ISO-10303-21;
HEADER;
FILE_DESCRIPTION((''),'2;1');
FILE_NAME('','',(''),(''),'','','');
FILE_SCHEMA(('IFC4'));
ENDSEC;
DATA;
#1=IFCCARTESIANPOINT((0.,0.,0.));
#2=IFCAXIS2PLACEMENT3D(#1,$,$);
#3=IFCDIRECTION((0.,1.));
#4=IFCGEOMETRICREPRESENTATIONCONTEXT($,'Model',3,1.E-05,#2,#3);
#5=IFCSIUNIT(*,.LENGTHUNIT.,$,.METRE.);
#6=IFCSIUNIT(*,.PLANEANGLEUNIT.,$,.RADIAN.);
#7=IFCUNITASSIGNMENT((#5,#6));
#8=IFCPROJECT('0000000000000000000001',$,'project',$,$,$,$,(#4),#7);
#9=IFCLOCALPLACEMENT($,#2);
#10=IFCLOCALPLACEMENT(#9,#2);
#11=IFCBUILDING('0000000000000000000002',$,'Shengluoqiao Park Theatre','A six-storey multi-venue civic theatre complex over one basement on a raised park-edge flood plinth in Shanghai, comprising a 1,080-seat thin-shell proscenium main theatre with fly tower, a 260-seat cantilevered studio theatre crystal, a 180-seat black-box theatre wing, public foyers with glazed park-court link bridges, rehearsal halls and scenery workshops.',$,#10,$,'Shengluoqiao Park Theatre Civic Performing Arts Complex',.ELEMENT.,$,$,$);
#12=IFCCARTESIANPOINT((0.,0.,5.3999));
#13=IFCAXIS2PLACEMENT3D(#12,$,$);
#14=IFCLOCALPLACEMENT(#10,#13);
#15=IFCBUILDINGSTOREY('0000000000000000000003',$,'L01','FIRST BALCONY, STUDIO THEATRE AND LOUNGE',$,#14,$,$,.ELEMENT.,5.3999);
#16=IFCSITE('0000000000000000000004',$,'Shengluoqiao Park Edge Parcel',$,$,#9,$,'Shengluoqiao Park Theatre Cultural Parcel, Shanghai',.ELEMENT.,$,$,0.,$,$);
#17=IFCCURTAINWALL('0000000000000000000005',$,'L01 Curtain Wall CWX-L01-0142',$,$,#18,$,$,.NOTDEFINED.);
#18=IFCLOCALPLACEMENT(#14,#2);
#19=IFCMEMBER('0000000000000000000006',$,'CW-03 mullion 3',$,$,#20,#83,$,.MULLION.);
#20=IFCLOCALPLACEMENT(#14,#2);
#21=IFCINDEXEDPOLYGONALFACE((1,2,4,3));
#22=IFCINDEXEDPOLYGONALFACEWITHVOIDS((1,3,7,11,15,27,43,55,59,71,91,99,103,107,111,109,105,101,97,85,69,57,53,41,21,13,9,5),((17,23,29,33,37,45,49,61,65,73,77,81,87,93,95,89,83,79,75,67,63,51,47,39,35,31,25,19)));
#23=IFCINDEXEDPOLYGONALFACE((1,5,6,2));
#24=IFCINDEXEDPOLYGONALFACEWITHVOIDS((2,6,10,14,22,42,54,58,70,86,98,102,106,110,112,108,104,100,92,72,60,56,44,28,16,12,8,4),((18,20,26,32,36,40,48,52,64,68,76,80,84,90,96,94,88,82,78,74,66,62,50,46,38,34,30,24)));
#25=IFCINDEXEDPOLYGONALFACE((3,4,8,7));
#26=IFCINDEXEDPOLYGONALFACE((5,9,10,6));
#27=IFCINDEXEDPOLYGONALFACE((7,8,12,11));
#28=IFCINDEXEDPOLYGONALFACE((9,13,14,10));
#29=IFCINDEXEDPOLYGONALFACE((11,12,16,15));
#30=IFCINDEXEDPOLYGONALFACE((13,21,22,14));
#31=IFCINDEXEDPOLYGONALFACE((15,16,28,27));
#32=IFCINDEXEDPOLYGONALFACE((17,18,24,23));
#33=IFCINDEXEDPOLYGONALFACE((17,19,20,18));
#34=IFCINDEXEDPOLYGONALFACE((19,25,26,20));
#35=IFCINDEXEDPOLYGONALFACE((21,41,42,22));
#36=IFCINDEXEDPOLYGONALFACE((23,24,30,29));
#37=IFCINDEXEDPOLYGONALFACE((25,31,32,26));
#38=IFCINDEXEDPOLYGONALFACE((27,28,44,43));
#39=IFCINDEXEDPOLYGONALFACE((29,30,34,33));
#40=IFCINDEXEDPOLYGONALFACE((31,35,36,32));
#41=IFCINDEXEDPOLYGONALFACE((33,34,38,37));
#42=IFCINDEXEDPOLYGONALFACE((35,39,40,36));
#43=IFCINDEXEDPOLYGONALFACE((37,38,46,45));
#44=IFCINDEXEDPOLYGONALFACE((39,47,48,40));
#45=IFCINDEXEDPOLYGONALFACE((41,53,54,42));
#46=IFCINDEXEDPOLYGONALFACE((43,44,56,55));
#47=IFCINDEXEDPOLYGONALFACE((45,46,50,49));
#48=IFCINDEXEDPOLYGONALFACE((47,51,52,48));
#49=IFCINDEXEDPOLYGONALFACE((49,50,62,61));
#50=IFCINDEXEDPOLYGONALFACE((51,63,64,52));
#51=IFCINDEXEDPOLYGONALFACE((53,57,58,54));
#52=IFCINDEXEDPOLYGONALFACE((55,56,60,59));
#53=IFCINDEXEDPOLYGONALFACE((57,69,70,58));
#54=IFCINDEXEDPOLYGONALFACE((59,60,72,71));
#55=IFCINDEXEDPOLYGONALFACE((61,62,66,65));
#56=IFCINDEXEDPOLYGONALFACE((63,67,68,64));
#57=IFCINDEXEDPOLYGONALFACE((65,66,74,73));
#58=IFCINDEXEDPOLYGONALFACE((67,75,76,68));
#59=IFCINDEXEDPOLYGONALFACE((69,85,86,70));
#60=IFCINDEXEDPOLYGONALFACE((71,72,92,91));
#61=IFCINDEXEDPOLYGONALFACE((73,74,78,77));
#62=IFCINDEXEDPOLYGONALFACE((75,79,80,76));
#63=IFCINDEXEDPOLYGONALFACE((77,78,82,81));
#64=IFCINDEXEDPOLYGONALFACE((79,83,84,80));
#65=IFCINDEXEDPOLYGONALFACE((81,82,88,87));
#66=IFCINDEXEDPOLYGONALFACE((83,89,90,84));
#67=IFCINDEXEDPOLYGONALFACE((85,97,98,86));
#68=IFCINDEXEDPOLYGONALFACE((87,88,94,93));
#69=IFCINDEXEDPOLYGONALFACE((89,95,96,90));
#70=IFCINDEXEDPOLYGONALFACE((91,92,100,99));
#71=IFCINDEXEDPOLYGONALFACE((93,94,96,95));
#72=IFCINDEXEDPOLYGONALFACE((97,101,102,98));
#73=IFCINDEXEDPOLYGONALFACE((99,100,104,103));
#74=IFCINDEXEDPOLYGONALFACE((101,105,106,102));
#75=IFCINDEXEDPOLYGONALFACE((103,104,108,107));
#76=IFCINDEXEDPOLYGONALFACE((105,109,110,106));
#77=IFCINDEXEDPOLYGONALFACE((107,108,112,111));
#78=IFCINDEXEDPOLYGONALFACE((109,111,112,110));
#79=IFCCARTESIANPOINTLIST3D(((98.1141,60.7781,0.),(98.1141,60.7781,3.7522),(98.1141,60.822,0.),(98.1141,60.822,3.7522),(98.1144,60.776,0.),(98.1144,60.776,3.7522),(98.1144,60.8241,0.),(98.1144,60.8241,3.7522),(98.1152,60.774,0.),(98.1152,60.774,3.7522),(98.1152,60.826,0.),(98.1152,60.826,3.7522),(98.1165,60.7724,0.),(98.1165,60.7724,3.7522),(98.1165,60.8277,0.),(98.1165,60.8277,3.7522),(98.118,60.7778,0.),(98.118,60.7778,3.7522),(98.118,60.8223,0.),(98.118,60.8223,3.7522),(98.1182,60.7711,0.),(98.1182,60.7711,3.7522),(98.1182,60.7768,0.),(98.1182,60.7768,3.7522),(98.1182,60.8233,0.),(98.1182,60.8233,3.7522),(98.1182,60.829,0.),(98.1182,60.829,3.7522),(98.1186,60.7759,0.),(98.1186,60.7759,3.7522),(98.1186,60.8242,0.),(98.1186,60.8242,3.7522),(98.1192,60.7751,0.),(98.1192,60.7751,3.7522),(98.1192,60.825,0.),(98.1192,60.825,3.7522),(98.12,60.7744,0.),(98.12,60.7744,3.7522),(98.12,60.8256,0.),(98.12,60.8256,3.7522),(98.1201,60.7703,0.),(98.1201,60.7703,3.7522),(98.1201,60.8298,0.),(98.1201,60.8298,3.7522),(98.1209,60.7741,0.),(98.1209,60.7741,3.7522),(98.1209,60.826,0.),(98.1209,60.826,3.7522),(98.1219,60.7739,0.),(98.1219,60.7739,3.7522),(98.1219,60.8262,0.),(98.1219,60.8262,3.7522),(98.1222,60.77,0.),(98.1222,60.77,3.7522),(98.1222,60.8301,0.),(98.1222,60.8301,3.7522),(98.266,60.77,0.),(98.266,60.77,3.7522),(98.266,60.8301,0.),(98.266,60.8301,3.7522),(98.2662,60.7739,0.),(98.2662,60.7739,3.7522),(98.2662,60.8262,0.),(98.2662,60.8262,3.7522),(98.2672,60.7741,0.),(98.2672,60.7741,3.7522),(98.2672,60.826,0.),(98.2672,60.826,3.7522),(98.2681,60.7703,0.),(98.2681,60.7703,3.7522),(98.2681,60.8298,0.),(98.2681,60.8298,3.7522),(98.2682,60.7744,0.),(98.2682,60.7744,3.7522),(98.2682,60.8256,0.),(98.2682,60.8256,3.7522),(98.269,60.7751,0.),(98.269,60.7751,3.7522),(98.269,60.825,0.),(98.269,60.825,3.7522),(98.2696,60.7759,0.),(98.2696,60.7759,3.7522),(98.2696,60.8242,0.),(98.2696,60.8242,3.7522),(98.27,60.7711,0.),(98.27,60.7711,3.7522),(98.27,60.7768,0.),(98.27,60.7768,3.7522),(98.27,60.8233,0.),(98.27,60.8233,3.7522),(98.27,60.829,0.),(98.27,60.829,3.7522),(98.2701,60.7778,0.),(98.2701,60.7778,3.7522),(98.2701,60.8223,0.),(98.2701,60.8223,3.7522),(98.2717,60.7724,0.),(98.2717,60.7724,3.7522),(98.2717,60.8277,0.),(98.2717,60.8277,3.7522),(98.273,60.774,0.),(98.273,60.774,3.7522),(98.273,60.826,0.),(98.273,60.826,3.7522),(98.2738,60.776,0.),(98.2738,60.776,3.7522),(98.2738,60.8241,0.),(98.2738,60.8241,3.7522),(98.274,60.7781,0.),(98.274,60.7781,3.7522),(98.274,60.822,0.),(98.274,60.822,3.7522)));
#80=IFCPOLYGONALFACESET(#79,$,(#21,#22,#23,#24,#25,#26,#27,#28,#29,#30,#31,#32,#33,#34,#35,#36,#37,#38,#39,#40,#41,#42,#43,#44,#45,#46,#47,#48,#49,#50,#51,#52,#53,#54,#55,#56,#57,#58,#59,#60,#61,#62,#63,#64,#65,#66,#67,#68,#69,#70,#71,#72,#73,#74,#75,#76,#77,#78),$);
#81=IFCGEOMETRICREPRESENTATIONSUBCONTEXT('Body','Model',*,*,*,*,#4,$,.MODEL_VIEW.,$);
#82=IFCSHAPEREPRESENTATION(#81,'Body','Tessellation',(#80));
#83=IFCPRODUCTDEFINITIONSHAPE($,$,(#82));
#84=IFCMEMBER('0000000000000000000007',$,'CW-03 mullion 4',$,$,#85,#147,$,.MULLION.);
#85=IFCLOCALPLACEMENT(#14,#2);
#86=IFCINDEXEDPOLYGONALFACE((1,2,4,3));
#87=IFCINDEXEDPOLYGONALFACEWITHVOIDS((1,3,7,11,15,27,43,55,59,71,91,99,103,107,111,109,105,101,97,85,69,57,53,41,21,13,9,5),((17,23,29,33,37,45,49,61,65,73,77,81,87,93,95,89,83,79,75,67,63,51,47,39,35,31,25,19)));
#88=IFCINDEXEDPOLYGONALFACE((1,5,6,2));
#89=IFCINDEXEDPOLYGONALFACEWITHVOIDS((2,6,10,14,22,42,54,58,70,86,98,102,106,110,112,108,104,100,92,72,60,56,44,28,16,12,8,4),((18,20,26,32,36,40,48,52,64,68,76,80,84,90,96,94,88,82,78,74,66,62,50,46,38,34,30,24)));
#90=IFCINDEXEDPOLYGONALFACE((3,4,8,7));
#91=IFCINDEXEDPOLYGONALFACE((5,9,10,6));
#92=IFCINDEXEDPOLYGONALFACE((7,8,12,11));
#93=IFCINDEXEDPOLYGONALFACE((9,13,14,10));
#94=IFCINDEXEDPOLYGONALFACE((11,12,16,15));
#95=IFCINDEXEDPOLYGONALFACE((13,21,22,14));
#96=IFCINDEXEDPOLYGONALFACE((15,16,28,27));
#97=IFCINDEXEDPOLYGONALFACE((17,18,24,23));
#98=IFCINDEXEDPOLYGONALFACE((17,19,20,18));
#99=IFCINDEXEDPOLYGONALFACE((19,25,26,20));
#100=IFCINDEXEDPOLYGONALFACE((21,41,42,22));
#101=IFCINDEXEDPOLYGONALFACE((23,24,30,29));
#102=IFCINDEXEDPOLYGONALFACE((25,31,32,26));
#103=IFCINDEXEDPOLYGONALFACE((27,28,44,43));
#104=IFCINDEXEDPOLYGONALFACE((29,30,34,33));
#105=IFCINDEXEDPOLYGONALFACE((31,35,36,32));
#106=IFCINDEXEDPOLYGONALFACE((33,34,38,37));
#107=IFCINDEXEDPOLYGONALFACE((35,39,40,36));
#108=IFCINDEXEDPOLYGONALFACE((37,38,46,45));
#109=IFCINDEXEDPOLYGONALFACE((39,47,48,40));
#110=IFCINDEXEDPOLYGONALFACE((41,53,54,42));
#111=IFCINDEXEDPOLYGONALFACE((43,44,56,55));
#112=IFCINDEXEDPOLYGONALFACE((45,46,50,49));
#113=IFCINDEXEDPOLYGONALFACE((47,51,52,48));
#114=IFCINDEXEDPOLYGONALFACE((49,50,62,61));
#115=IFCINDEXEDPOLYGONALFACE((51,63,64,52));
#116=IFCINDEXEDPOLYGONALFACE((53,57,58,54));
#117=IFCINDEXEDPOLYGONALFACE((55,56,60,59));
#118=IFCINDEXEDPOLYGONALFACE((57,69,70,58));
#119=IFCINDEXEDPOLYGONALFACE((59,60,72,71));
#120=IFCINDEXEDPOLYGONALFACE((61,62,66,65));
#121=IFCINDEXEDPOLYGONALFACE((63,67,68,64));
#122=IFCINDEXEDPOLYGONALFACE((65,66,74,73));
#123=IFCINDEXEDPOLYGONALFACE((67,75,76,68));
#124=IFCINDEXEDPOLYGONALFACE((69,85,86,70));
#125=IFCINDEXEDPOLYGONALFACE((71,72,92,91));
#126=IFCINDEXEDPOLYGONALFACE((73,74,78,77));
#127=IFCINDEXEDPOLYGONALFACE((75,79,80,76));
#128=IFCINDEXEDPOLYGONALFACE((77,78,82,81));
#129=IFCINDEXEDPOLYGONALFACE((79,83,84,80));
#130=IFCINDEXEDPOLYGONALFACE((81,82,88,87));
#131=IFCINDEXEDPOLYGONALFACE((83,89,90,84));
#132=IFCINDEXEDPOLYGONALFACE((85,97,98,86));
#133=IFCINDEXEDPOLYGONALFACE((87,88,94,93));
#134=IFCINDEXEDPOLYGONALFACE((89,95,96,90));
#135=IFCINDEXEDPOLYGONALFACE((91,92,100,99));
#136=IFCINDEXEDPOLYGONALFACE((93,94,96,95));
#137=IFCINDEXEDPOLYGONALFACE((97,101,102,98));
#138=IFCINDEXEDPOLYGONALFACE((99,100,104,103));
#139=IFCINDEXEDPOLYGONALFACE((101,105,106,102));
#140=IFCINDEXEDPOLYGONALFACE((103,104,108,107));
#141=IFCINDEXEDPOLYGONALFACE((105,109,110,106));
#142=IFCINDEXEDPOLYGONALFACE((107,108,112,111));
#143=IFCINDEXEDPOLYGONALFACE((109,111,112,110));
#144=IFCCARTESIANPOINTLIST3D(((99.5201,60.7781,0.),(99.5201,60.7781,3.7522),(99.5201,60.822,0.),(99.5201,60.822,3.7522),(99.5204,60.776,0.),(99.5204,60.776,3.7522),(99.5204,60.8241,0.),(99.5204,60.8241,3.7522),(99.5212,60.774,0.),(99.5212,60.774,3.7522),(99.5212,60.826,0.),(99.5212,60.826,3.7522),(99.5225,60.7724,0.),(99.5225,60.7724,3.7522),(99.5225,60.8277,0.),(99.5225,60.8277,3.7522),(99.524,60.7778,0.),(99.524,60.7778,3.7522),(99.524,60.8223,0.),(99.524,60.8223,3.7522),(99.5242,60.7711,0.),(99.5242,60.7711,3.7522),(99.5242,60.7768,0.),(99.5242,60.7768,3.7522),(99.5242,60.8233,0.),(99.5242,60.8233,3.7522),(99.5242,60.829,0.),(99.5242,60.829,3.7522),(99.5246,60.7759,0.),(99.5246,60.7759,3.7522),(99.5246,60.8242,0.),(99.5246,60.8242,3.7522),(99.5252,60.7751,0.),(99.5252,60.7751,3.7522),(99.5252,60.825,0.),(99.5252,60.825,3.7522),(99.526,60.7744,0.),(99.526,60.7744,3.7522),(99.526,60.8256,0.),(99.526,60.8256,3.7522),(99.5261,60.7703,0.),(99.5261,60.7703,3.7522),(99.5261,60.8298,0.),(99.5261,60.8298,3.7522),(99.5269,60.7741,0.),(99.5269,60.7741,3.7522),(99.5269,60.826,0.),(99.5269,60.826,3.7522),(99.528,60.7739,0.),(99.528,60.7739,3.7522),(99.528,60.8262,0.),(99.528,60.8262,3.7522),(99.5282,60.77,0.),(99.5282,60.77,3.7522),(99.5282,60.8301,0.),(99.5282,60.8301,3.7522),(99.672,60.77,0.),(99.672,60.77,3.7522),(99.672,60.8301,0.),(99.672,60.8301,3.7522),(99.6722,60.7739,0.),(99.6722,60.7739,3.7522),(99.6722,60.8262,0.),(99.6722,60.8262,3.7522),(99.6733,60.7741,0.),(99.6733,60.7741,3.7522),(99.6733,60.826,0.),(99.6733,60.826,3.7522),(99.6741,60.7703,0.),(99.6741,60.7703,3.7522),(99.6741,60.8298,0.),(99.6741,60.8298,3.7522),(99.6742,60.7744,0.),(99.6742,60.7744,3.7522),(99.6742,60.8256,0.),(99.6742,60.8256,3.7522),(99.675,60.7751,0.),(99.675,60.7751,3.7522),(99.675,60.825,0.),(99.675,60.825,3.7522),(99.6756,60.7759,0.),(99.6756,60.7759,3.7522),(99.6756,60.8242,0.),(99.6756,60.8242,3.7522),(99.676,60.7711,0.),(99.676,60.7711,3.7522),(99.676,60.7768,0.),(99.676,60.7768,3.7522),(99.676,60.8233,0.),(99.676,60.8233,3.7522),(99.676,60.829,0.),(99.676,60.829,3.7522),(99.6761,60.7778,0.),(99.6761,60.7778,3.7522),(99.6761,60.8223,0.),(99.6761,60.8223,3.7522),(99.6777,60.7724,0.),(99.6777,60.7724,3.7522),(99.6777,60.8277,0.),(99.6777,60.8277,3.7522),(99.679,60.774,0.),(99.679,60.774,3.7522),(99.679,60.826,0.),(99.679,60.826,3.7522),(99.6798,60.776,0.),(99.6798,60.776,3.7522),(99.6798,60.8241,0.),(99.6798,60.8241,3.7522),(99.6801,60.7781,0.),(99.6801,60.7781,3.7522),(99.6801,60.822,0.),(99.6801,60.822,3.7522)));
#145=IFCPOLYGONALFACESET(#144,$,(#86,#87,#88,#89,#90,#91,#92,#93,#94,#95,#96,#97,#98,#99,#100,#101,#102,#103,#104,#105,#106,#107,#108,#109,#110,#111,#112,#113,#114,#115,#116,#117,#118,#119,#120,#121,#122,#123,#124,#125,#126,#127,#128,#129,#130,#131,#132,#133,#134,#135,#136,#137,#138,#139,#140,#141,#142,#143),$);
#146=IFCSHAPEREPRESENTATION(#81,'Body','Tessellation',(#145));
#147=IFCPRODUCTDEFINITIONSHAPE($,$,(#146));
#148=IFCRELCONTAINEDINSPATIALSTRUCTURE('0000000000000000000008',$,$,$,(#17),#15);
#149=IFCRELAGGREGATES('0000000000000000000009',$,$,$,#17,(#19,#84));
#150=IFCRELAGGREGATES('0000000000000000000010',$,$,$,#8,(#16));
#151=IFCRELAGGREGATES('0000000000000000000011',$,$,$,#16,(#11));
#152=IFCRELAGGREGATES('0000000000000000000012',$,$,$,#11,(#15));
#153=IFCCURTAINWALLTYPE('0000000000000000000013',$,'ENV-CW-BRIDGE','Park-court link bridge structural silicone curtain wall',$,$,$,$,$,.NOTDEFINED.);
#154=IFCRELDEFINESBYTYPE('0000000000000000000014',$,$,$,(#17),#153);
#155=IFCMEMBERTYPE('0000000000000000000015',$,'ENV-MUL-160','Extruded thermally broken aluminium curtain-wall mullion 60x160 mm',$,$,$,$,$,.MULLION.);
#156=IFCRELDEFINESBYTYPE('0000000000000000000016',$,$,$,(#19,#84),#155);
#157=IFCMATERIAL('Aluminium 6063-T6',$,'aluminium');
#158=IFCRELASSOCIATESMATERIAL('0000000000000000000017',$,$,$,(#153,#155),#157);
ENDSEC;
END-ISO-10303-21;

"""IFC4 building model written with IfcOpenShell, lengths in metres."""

from ifc_helpers import new_model, si_unit, direction, frame, origin, origin_2d, place, context, subcontext, project, spatial, hollow_rectangle, extrude, material, material_profile, profile_set, type_object, element, aggregate, save


model = new_model("IFC4")

# Units and contexts
model_context = context("Model", 3, precision=1e-05, world=origin(), true_north=direction((0.0, 1.0)))
body_context = subcontext(model_context, "Body", "Model", "MODEL_VIEW")
ifc_project = project(units=[si_unit("LENGTHUNIT", "METRE"), si_unit("PLANEANGLEUNIT", "RADIAN")], contexts=[model_context])

# Site, building, storey
site_placement = place(None, origin())
site = spatial("IfcSite", under=ifc_project, at=site_placement, Name="Shengluoqiao Park Edge Parcel", LongName="Shengluoqiao Park Theatre Cultural Parcel, Shanghai", CompositionType="ELEMENT", RefElevation=0.0)
building_placement = place(site_placement, origin())
building = spatial("IfcBuilding", under=site, at=building_placement, Name="Shengluoqiao Park Theatre", Description="A six-storey multi-venue civic theatre complex over one basement on a raised park-edge flood plinth in Shanghai, comprising a 1,080-seat thin-shell proscenium main theatre with fly tower, a 260-seat cantilevered studio theatre crystal, a 180-seat black-box theatre wing, public foyers with glazed park-court link bridges, rehearsal halls and scenery workshops.", LongName="Shengluoqiao Park Theatre Civic Performing Arts Complex", CompositionType="ELEMENT")
storey_placement = place(building_placement, frame((0.0, 0.0, 5.3999)))
storey = spatial("IfcBuildingStorey", under=building, at=storey_placement, Name="L01", Description="FIRST BALCONY, STUDIO THEATRE AND LOUNGE", CompositionType="ELEMENT", Elevation=5.3999)

# Shared definitions
ifc_material_1 = material(Name="Aluminium 6063-T6", Category="aluminium")
curtain_wall_type = type_object("IfcCurtainWallType", Name="ENV-CW-BRIDGE", Description="Park-court link bridge structural silicone curtain wall", PredefinedType="NOTDEFINED", material=ifc_material_1)
ifc_material_profile_1 = material_profile(ifc_material_1, hollow_rectangle(XDim=0.0601, YDim=0.1599, WallThickness=0.0039, InnerFilletRadius=0.0039, OuterFilletRadius=0.0081, at=origin_2d()), Name="ALU MULLION 160x60x4")
ifc_profile_set_1 = profile_set([ifc_material_profile_1], Name="Aluminium 6063-T6")
member_type_1 = type_object("IfcMemberType", Name="ENV-MUL-160", Description="Extruded thermally broken aluminium curtain-wall mullion 60x160 mm", PredefinedType="MULLION", material=ifc_profile_set_1)

# Curtain wall, members
curtain_wall_1_placement = place(storey_placement, origin())
curtain_wall_1 = element("IfcCurtainWall", 1, at=curtain_wall_1_placement, inside=storey, type_object=curtain_wall_type, Name="L01 Curtain Wall CWX-L01-0142", PredefinedType="NOTDEFINED")
member_1_placement = place(storey_placement, frame((98.1941, 60.8, 0.0), z_axis=(0.0, 0.0, 1.0), x_axis=(0.0, 1.0, 0.0)))
member_1 = element("IfcMember", 2, at=member_1_placement, type_object=member_type_1, Name="CW-03 mullion 3", PredefinedType="MULLION", context=body_context, shape_type="SweptSolid", body=[
    extrude(hollow_rectangle(XDim=0.0601, YDim=0.1599, WallThickness=0.0039, InnerFilletRadius=0.0039, OuterFilletRadius=0.0081, at=origin_2d()), origin(), (0.0, 0.0, 1.0), 3.7522),
])
member_2_placement = place(storey_placement, frame((99.6001, 60.8, 0.0), z_axis=(0.0, 0.0, 1.0), x_axis=(0.0, 1.0, 0.0)))
member_2 = element("IfcMember", 3, at=member_2_placement, type_object=member_type_1, Name="CW-03 mullion 4", PredefinedType="MULLION", context=body_context, shape_type="SweptSolid", body=[
    extrude(hollow_rectangle(XDim=0.0601, YDim=0.1599, WallThickness=0.0039, InnerFilletRadius=0.0039, OuterFilletRadius=0.0081, at=origin_2d()), origin(), (0.0, 0.0, 1.0), 3.7522),
])

aggregate(curtain_wall_1, [member_1, member_2])

save(model, "model.ifc")
